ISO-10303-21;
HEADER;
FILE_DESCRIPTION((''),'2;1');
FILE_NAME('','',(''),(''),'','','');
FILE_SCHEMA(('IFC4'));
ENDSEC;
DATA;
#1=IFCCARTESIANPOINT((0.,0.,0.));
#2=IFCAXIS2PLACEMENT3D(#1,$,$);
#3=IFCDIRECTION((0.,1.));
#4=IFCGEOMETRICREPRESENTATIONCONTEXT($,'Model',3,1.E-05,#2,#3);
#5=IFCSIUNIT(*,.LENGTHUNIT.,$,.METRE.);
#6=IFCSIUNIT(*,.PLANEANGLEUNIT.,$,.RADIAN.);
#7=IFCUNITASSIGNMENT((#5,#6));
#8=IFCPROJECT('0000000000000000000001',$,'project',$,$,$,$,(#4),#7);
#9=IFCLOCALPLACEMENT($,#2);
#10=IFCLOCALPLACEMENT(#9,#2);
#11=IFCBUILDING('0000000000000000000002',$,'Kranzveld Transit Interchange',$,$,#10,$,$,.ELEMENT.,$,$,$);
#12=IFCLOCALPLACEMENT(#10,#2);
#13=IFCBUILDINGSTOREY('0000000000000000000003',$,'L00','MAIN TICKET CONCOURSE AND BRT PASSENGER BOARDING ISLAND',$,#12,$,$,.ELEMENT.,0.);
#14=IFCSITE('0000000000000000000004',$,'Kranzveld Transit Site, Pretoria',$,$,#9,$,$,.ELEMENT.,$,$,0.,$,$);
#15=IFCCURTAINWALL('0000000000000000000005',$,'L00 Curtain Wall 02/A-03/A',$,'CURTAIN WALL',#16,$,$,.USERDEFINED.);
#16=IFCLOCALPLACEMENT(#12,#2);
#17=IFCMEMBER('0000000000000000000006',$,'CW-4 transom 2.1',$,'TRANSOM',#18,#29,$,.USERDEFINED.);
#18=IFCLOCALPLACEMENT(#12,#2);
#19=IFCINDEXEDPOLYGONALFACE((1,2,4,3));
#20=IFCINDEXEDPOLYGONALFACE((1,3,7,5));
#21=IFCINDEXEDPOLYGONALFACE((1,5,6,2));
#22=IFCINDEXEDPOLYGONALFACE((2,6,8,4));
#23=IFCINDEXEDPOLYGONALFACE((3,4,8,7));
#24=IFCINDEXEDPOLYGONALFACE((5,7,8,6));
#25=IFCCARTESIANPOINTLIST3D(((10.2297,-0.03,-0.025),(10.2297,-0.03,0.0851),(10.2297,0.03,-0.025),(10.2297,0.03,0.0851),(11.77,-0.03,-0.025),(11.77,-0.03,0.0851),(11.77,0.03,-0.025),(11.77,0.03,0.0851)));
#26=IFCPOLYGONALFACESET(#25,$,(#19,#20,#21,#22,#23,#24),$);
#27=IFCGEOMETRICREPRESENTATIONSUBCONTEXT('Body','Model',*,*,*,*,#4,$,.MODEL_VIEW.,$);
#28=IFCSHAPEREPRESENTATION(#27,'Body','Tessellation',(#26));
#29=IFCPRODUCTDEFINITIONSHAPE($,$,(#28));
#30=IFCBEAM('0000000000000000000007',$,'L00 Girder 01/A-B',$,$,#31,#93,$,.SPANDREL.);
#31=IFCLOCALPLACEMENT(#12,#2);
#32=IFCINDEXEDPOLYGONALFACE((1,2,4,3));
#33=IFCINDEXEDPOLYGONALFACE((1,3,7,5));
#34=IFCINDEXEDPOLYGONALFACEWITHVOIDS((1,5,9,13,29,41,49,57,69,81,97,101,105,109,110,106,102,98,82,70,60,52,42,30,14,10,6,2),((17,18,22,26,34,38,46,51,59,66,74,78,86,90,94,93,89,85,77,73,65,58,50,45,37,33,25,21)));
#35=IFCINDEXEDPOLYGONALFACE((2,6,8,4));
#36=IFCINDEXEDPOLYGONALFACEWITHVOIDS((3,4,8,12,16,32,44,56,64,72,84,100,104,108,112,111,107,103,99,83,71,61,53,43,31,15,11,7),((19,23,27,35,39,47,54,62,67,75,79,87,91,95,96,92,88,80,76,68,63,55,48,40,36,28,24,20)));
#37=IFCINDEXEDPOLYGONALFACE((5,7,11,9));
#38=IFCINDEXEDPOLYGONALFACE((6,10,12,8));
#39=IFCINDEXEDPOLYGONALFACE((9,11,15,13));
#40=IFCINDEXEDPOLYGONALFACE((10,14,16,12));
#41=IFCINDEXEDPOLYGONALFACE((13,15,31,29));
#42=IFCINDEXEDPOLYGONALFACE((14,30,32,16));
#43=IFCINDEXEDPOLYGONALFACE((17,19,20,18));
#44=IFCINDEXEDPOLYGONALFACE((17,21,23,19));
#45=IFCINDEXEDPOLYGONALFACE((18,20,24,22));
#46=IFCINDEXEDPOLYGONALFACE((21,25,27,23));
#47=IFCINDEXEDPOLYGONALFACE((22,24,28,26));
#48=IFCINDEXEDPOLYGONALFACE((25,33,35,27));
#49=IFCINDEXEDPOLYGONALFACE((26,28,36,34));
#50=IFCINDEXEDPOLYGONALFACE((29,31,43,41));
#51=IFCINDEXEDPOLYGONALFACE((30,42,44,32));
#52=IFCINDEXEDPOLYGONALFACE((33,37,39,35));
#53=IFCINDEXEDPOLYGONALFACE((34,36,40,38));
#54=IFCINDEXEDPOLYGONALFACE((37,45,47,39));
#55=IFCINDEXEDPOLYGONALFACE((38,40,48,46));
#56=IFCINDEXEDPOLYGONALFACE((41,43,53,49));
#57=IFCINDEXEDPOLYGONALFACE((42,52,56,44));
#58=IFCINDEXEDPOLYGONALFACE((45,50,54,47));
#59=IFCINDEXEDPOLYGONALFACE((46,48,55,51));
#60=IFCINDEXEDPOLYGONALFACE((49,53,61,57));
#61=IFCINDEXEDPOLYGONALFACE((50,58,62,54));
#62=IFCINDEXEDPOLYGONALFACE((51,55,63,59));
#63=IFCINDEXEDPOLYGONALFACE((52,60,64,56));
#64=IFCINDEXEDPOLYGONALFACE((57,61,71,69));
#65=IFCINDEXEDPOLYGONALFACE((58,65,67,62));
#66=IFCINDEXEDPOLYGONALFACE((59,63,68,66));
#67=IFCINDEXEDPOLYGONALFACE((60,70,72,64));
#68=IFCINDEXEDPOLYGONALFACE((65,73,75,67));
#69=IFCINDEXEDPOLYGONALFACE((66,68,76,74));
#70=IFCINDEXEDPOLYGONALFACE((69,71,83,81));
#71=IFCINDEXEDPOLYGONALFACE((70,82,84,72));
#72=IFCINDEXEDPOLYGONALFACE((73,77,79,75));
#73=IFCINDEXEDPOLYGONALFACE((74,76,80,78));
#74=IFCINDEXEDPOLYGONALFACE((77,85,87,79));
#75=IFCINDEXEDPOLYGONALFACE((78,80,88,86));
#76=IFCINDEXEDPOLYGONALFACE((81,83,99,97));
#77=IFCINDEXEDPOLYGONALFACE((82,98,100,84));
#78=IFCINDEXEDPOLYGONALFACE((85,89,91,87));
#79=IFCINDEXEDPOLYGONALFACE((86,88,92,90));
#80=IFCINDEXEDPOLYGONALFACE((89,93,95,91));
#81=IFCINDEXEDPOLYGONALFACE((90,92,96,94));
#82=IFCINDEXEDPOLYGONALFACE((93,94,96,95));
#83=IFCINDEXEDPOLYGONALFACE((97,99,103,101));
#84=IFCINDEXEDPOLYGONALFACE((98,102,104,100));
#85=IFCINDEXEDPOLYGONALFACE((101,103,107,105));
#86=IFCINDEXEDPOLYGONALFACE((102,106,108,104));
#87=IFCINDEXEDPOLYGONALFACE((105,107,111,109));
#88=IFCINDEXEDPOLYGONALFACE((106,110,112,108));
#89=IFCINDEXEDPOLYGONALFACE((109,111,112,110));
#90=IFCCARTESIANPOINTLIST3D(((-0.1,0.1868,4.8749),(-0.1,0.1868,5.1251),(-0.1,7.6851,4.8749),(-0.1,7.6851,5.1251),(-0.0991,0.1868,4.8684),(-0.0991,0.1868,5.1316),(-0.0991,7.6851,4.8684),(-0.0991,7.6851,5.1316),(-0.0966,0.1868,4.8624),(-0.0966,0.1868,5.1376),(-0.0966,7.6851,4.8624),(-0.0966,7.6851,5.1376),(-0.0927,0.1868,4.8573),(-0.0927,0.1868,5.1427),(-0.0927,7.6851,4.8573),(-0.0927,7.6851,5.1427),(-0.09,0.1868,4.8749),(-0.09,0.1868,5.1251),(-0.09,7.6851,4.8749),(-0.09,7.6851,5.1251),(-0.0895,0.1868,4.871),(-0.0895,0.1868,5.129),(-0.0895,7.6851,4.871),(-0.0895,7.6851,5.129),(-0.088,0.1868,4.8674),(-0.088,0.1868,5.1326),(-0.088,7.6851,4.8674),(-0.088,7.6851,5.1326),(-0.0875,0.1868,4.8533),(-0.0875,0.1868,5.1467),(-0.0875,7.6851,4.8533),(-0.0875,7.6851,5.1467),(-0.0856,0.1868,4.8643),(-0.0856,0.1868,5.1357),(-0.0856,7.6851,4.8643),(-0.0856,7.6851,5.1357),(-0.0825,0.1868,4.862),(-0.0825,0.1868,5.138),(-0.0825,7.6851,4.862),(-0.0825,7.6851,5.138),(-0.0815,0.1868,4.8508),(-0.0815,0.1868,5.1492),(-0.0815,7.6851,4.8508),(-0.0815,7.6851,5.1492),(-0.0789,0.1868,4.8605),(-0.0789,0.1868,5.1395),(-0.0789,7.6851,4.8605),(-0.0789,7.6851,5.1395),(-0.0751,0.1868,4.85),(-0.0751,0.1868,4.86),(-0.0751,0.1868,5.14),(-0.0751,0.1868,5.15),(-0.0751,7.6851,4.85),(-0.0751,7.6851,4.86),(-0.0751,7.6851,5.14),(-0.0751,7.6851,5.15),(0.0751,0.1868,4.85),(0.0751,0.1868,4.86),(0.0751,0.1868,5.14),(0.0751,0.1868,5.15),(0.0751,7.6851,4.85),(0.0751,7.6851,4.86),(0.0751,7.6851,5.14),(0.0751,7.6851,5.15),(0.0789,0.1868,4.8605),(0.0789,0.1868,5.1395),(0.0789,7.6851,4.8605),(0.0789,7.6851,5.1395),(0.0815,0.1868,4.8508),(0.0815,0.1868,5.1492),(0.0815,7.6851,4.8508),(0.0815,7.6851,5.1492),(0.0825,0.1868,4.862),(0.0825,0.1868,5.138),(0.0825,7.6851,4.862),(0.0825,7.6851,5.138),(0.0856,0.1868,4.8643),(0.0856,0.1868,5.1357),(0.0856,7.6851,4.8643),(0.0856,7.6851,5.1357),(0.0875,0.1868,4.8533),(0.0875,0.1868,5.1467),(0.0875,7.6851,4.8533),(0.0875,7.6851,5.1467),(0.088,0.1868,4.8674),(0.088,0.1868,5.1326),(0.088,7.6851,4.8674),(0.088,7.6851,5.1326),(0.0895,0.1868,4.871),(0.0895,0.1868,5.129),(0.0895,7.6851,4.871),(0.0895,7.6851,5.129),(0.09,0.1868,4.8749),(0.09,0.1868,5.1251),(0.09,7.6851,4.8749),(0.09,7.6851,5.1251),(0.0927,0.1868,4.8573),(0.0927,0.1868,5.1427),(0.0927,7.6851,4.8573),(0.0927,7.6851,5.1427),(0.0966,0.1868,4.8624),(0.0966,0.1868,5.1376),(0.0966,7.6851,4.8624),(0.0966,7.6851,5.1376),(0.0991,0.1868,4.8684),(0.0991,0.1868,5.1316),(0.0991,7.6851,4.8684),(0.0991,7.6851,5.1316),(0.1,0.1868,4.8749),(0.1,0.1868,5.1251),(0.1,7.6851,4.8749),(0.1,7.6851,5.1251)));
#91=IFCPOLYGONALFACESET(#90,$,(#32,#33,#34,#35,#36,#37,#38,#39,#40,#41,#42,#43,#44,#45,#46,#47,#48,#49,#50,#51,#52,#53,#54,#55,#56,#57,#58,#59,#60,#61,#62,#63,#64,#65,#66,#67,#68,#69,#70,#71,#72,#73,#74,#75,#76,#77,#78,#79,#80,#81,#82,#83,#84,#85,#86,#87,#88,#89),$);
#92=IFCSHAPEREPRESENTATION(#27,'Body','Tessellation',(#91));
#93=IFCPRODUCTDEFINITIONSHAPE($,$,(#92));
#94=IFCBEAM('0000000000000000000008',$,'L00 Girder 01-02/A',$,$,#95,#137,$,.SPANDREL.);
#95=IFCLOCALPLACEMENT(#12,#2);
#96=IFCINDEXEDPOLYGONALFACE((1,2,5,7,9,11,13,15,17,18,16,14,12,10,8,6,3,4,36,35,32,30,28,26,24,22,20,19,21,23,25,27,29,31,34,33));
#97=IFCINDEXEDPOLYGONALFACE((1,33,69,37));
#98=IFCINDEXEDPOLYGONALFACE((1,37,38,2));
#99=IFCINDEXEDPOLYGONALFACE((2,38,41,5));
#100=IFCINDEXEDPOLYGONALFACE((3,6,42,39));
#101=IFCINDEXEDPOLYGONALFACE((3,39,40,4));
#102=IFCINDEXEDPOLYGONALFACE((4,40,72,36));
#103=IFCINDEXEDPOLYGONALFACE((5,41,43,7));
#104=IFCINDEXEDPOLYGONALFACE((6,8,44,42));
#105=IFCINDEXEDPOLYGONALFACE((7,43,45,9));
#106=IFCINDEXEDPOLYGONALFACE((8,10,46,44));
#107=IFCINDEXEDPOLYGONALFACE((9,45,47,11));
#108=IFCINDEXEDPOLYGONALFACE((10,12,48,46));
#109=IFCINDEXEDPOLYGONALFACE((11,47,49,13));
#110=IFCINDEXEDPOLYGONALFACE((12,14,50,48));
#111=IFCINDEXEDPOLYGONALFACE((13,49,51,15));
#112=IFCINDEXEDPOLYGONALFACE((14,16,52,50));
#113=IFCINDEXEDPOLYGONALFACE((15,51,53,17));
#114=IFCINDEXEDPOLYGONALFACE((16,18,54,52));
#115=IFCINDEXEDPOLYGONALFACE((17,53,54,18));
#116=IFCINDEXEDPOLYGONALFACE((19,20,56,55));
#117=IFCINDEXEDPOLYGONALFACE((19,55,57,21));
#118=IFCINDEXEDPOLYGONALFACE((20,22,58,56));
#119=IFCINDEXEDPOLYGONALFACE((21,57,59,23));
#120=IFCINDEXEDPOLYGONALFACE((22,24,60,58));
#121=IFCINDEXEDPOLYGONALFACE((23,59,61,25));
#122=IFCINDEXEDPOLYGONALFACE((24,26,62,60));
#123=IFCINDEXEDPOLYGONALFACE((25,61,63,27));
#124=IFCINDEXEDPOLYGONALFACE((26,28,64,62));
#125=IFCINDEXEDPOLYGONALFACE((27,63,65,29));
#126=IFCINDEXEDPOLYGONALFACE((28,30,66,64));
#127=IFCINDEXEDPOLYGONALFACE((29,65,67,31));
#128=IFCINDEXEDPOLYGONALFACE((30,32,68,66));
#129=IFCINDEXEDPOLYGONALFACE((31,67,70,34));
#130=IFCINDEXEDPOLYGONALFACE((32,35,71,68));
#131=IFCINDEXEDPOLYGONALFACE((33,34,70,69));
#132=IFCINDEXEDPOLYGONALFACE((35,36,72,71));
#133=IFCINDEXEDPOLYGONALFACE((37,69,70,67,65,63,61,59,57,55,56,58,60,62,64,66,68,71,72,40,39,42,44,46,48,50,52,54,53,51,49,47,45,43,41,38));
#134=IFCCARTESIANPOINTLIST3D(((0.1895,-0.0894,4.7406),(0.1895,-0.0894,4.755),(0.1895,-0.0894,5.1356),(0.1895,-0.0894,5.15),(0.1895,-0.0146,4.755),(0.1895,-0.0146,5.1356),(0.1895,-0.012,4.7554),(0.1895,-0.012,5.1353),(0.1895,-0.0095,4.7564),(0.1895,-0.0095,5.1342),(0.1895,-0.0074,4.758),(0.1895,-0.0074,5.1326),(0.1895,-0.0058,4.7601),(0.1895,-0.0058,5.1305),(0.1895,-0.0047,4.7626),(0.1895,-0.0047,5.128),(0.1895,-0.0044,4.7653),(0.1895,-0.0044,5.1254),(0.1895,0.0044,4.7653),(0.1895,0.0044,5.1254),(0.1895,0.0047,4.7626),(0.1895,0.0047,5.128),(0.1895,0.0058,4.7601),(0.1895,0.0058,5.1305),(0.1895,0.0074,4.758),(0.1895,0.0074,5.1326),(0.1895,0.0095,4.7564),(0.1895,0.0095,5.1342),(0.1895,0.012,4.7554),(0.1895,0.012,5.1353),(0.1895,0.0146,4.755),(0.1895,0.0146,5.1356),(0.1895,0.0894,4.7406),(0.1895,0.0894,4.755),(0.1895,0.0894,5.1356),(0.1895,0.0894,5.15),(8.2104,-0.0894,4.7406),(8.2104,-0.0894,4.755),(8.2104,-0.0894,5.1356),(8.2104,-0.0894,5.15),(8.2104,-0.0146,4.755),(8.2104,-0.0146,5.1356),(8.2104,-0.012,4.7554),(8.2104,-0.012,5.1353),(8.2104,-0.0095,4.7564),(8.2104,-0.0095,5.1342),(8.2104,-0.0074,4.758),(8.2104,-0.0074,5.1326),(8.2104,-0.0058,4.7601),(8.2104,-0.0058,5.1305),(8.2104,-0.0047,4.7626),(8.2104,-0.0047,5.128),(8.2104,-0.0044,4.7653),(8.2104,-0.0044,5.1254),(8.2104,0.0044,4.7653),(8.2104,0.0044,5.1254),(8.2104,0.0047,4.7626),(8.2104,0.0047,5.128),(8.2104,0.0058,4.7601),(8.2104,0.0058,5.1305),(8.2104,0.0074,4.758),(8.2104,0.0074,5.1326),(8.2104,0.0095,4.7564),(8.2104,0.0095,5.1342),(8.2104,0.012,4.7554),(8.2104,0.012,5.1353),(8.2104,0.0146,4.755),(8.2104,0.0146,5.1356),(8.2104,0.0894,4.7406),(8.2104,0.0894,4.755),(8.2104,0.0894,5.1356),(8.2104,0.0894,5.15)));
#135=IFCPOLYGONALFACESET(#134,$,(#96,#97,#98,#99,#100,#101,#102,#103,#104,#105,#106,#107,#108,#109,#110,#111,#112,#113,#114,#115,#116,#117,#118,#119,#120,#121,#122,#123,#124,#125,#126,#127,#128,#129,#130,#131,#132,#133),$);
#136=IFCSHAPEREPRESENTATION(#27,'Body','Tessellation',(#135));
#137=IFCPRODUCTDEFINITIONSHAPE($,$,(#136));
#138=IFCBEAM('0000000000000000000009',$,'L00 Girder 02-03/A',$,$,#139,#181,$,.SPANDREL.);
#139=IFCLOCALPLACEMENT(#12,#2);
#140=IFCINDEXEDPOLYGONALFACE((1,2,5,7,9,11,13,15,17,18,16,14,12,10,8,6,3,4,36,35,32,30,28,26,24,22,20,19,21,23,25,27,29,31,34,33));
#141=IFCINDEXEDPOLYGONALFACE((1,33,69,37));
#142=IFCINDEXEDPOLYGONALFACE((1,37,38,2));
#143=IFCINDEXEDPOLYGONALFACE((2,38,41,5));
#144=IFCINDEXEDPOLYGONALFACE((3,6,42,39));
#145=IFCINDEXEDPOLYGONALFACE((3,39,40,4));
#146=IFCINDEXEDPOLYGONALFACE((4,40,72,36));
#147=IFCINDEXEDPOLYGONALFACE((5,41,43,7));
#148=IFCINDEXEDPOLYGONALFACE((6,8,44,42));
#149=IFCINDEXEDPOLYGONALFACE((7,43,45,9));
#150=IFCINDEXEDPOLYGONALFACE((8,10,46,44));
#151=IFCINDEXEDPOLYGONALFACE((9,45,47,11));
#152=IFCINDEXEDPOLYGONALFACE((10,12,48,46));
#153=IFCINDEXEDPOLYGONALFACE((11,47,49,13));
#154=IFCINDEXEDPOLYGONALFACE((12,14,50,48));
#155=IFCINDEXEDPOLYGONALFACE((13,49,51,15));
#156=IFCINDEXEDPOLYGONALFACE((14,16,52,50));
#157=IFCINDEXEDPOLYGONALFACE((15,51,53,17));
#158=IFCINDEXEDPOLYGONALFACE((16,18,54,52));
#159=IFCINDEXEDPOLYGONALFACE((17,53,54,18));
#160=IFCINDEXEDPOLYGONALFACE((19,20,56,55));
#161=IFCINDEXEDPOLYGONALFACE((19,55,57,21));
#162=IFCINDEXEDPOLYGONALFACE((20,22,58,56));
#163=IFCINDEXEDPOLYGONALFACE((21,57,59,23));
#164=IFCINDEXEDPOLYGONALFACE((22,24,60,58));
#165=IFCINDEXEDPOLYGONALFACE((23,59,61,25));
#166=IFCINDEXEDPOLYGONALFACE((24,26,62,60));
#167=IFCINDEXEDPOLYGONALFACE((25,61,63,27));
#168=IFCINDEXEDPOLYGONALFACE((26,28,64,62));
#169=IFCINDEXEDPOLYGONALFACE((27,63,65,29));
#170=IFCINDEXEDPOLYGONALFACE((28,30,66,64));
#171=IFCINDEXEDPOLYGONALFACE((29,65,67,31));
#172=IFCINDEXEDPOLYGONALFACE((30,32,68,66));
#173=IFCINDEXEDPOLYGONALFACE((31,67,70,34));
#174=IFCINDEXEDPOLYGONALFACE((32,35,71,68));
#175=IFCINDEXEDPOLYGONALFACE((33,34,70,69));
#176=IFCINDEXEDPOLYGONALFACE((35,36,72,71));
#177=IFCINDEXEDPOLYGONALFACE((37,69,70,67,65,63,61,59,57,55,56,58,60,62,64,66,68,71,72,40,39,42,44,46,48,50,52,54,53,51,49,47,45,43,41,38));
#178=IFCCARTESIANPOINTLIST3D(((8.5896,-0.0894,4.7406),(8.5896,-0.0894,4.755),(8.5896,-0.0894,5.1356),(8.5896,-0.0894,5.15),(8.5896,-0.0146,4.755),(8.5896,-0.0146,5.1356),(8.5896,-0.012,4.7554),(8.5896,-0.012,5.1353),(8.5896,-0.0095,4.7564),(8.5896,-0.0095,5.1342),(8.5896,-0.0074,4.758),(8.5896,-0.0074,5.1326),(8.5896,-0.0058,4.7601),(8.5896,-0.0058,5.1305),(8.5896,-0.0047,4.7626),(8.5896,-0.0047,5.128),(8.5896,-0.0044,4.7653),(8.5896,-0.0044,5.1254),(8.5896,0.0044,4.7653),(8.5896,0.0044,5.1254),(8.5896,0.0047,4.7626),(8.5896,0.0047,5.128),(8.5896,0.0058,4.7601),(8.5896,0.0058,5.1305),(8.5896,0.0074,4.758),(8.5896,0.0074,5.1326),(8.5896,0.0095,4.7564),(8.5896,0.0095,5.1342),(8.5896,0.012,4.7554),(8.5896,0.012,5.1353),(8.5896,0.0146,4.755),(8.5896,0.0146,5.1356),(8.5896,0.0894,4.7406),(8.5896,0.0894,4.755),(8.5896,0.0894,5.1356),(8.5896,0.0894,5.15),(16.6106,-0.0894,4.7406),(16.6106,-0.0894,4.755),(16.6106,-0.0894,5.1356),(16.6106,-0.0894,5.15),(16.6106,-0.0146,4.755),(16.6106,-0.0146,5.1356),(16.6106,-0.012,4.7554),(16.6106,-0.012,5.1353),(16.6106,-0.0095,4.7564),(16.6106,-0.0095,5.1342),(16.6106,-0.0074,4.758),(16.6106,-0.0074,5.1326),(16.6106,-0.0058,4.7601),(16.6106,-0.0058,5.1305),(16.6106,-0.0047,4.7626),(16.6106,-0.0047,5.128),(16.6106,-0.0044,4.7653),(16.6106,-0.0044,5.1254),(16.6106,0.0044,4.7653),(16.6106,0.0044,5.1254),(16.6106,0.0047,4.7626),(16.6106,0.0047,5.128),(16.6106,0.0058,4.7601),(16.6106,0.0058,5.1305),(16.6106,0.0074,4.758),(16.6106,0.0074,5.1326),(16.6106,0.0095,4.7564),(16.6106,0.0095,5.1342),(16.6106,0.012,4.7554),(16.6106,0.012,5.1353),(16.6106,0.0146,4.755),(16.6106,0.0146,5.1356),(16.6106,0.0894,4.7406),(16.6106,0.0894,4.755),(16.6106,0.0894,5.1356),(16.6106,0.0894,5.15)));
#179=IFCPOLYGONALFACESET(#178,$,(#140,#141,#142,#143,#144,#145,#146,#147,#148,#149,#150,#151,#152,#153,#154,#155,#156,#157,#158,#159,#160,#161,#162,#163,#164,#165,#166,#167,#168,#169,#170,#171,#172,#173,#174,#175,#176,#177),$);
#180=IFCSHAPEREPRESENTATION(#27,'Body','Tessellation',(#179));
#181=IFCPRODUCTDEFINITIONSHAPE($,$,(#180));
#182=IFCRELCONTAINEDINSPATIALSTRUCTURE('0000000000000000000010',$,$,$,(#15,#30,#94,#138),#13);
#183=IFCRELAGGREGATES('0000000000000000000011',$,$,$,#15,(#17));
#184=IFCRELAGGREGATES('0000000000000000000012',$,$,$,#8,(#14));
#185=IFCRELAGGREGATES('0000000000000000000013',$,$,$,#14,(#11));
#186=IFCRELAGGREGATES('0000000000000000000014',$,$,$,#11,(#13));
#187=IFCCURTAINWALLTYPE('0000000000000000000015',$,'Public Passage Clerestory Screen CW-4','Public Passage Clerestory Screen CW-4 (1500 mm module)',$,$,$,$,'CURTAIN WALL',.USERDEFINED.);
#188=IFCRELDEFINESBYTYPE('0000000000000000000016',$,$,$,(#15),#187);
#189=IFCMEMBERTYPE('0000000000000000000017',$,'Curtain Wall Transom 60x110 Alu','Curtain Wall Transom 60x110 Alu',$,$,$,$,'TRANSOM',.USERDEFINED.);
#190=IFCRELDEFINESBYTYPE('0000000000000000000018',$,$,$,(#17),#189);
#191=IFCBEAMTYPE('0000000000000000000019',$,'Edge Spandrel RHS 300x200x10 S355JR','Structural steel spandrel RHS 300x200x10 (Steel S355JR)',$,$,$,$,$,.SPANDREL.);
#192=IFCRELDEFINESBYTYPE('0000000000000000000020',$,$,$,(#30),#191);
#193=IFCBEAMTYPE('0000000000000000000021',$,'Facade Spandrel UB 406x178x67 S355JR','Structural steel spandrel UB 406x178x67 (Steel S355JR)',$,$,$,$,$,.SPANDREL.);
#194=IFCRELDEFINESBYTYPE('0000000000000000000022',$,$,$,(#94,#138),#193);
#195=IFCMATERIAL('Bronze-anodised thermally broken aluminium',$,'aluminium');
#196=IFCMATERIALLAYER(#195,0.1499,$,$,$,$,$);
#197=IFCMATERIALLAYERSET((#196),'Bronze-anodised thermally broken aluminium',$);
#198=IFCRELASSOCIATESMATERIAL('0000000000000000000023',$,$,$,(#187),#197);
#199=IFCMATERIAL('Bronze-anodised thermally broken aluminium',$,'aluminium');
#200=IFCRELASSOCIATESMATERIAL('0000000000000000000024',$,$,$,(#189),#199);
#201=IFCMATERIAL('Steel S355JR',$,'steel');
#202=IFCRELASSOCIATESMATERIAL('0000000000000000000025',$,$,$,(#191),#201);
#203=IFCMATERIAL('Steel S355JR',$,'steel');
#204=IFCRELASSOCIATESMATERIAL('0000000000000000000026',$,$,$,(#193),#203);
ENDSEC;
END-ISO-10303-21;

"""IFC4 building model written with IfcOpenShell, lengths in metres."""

from ifc_helpers import new_model, si_unit, direction, frame, origin, origin_2d, place, context, subcontext, project, spatial, rectangle, hollow_rectangle, i_section, extrude, material, layer, layer_set, material_profile, profile_set, type_object, element, aggregate, save


model = new_model("IFC4")

# Units and contexts
model_context = context("Model", 3, precision=1e-05, world=origin(), true_north=direction((0.0, 1.0)))
body_context = subcontext(model_context, "Body", "Model", "MODEL_VIEW")
ifc_project = project(units=[si_unit("LENGTHUNIT", "METRE"), si_unit("PLANEANGLEUNIT", "RADIAN")], contexts=[model_context])

# Site, building, storey
site_placement = place(None, origin())
site = spatial("IfcSite", under=ifc_project, at=site_placement, Name="Kranzveld Transit Site, Pretoria", CompositionType="ELEMENT", RefElevation=0.0)
building_placement = place(site_placement, origin())
building = spatial("IfcBuilding", under=site, at=building_placement, Name="Kranzveld Transit Interchange", CompositionType="ELEMENT")
storey_placement = place(building_placement, origin())
storey = spatial("IfcBuildingStorey", under=building, at=storey_placement, Name="L00", Description="MAIN TICKET CONCOURSE AND BRT PASSENGER BOARDING ISLAND", CompositionType="ELEMENT", Elevation=0.0)

# Curtain wall, member
ifc_material_1 = material(Name="Bronze-anodised thermally broken aluminium", Category="aluminium")
ifc_layer_1 = layer(ifc_material_1, 0.1499)
ifc_layer_set_1 = layer_set([ifc_layer_1], Name="Bronze-anodised thermally broken aluminium")
curtain_wall_type = type_object("IfcCurtainWallType", Name="Public Passage Clerestory Screen CW-4", Description="Public Passage Clerestory Screen CW-4 (1500 mm module)", ElementType="CURTAIN WALL", PredefinedType="USERDEFINED", material=ifc_layer_set_1)
curtain_wall_placement = place(storey_placement, origin())
curtain_wall = element("IfcCurtainWall", 1, at=curtain_wall_placement, inside=storey, type_object=curtain_wall_type, Name="L00 Curtain Wall 02/A-03/A", ObjectType="CURTAIN WALL", PredefinedType="USERDEFINED")
ifc_material_2 = material(Name="Bronze-anodised thermally broken aluminium", Category="aluminium")
ifc_material_profile_1 = material_profile(ifc_material_2, rectangle(XDim=0.0601, YDim=0.1101, at=origin_2d()), Name="ALU TRANSOM 60x110")
ifc_profile_set_1 = profile_set([ifc_material_profile_1], Name="Bronze-anodised thermally broken aluminium")
member_type_1 = type_object("IfcMemberType", Name="Curtain Wall Transom 60x110 Alu", Description="Curtain Wall Transom 60x110 Alu", ElementType="TRANSOM", PredefinedType="USERDEFINED", material=ifc_profile_set_1)
member_1_placement = place(storey_placement, frame((10.2297, 0.0, 0.03), z_axis=(1.0, 0.0, 0.0), x_axis=(0.0, 1.0, 0.0)))
member_1 = element("IfcMember", 2, at=member_1_placement, type_object=member_type_1, Name="CW-4 transom 2.1", ObjectType="TRANSOM", PredefinedType="USERDEFINED", context=body_context, shape_type="SweptSolid", body=[
    extrude(rectangle(XDim=0.0601, YDim=0.1101, at=origin_2d()), origin(), (0.0, 0.0, 1.0), 1.5403),
])

# Beams
ifc_material_3 = material(Name="Steel S355JR", Category="steel")
ifc_material_profile_2 = material_profile(ifc_material_3, hollow_rectangle(XDim=0.2, YDim=0.3, WallThickness=0.01, InnerFilletRadius=0.0149, OuterFilletRadius=0.0249, at=origin_2d()), Name="RHS 300x200x10")
ifc_profile_set_2 = profile_set([ifc_material_profile_2], Name="Steel S355JR")
beam_type_1 = type_object("IfcBeamType", Name="Edge Spandrel RHS 300x200x10 S355JR", Description="Structural steel spandrel RHS 300x200x10 (Steel S355JR)", PredefinedType="SPANDREL", material=ifc_profile_set_2)
beam_1_placement = place(storey_placement, frame((0.0, 0.1868, 5.0), z_axis=(0.0, 1.0, 0.0), x_axis=(-1.0, 0.0, 0.0)))
element("IfcBeam", 3, at=beam_1_placement, inside=storey, type_object=beam_type_1, Name="L00 Girder 01/A-B", PredefinedType="SPANDREL", context=body_context, shape_type="SweptSolid", body=[
    extrude(hollow_rectangle(XDim=0.2, YDim=0.3, WallThickness=0.01, InnerFilletRadius=0.0149, OuterFilletRadius=0.0249, at=origin_2d()), origin(), (0.0, 0.0, 1.0), 7.4983),
])
ifc_material_4 = material(Name="Steel S355JR", Category="steel")
ifc_material_profile_3 = material_profile(ifc_material_4, i_section(OverallWidth=0.1787, OverallDepth=0.4094, WebThickness=0.0088, FlangeThickness=0.0144, FilletRadius=0.0103, at=origin_2d()), Name="UB 406x178x67")
ifc_profile_set_3 = profile_set([ifc_material_profile_3], Name="Steel S355JR")
beam_type_2 = type_object("IfcBeamType", Name="Facade Spandrel UB 406x178x67 S355JR", Description="Structural steel spandrel UB 406x178x67 (Steel S355JR)", PredefinedType="SPANDREL", material=ifc_profile_set_3)
for number, where, z_axis, x_axis, name in (
    (4, (0.1895, 0.0, 4.9453), (1.0, 0.0, 0.0), (0.0, 1.0, 0.0), "L00 Girder 01-02/A"),
    (5, (8.5896, 0.0, 4.9453), (1.0, 0.0, 0.0), (0.0, 1.0, 0.0), "L00 Girder 02-03/A"),
):
    element("IfcBeam", number, at=place(storey_placement, frame(where, z_axis=z_axis, x_axis=x_axis)), inside=storey, type_object=beam_type_2, Name=name, PredefinedType="SPANDREL", context=body_context, shape_type="SweptSolid", body=[
        extrude(i_section(OverallWidth=0.1787, OverallDepth=0.4094, WebThickness=0.0088, FlangeThickness=0.0144, FilletRadius=0.0103, at=origin_2d()), origin(), (0.0, 0.0, 1.0), 8.021),
    ])

aggregate(curtain_wall, [member_1])

save(model, "model.ifc")
